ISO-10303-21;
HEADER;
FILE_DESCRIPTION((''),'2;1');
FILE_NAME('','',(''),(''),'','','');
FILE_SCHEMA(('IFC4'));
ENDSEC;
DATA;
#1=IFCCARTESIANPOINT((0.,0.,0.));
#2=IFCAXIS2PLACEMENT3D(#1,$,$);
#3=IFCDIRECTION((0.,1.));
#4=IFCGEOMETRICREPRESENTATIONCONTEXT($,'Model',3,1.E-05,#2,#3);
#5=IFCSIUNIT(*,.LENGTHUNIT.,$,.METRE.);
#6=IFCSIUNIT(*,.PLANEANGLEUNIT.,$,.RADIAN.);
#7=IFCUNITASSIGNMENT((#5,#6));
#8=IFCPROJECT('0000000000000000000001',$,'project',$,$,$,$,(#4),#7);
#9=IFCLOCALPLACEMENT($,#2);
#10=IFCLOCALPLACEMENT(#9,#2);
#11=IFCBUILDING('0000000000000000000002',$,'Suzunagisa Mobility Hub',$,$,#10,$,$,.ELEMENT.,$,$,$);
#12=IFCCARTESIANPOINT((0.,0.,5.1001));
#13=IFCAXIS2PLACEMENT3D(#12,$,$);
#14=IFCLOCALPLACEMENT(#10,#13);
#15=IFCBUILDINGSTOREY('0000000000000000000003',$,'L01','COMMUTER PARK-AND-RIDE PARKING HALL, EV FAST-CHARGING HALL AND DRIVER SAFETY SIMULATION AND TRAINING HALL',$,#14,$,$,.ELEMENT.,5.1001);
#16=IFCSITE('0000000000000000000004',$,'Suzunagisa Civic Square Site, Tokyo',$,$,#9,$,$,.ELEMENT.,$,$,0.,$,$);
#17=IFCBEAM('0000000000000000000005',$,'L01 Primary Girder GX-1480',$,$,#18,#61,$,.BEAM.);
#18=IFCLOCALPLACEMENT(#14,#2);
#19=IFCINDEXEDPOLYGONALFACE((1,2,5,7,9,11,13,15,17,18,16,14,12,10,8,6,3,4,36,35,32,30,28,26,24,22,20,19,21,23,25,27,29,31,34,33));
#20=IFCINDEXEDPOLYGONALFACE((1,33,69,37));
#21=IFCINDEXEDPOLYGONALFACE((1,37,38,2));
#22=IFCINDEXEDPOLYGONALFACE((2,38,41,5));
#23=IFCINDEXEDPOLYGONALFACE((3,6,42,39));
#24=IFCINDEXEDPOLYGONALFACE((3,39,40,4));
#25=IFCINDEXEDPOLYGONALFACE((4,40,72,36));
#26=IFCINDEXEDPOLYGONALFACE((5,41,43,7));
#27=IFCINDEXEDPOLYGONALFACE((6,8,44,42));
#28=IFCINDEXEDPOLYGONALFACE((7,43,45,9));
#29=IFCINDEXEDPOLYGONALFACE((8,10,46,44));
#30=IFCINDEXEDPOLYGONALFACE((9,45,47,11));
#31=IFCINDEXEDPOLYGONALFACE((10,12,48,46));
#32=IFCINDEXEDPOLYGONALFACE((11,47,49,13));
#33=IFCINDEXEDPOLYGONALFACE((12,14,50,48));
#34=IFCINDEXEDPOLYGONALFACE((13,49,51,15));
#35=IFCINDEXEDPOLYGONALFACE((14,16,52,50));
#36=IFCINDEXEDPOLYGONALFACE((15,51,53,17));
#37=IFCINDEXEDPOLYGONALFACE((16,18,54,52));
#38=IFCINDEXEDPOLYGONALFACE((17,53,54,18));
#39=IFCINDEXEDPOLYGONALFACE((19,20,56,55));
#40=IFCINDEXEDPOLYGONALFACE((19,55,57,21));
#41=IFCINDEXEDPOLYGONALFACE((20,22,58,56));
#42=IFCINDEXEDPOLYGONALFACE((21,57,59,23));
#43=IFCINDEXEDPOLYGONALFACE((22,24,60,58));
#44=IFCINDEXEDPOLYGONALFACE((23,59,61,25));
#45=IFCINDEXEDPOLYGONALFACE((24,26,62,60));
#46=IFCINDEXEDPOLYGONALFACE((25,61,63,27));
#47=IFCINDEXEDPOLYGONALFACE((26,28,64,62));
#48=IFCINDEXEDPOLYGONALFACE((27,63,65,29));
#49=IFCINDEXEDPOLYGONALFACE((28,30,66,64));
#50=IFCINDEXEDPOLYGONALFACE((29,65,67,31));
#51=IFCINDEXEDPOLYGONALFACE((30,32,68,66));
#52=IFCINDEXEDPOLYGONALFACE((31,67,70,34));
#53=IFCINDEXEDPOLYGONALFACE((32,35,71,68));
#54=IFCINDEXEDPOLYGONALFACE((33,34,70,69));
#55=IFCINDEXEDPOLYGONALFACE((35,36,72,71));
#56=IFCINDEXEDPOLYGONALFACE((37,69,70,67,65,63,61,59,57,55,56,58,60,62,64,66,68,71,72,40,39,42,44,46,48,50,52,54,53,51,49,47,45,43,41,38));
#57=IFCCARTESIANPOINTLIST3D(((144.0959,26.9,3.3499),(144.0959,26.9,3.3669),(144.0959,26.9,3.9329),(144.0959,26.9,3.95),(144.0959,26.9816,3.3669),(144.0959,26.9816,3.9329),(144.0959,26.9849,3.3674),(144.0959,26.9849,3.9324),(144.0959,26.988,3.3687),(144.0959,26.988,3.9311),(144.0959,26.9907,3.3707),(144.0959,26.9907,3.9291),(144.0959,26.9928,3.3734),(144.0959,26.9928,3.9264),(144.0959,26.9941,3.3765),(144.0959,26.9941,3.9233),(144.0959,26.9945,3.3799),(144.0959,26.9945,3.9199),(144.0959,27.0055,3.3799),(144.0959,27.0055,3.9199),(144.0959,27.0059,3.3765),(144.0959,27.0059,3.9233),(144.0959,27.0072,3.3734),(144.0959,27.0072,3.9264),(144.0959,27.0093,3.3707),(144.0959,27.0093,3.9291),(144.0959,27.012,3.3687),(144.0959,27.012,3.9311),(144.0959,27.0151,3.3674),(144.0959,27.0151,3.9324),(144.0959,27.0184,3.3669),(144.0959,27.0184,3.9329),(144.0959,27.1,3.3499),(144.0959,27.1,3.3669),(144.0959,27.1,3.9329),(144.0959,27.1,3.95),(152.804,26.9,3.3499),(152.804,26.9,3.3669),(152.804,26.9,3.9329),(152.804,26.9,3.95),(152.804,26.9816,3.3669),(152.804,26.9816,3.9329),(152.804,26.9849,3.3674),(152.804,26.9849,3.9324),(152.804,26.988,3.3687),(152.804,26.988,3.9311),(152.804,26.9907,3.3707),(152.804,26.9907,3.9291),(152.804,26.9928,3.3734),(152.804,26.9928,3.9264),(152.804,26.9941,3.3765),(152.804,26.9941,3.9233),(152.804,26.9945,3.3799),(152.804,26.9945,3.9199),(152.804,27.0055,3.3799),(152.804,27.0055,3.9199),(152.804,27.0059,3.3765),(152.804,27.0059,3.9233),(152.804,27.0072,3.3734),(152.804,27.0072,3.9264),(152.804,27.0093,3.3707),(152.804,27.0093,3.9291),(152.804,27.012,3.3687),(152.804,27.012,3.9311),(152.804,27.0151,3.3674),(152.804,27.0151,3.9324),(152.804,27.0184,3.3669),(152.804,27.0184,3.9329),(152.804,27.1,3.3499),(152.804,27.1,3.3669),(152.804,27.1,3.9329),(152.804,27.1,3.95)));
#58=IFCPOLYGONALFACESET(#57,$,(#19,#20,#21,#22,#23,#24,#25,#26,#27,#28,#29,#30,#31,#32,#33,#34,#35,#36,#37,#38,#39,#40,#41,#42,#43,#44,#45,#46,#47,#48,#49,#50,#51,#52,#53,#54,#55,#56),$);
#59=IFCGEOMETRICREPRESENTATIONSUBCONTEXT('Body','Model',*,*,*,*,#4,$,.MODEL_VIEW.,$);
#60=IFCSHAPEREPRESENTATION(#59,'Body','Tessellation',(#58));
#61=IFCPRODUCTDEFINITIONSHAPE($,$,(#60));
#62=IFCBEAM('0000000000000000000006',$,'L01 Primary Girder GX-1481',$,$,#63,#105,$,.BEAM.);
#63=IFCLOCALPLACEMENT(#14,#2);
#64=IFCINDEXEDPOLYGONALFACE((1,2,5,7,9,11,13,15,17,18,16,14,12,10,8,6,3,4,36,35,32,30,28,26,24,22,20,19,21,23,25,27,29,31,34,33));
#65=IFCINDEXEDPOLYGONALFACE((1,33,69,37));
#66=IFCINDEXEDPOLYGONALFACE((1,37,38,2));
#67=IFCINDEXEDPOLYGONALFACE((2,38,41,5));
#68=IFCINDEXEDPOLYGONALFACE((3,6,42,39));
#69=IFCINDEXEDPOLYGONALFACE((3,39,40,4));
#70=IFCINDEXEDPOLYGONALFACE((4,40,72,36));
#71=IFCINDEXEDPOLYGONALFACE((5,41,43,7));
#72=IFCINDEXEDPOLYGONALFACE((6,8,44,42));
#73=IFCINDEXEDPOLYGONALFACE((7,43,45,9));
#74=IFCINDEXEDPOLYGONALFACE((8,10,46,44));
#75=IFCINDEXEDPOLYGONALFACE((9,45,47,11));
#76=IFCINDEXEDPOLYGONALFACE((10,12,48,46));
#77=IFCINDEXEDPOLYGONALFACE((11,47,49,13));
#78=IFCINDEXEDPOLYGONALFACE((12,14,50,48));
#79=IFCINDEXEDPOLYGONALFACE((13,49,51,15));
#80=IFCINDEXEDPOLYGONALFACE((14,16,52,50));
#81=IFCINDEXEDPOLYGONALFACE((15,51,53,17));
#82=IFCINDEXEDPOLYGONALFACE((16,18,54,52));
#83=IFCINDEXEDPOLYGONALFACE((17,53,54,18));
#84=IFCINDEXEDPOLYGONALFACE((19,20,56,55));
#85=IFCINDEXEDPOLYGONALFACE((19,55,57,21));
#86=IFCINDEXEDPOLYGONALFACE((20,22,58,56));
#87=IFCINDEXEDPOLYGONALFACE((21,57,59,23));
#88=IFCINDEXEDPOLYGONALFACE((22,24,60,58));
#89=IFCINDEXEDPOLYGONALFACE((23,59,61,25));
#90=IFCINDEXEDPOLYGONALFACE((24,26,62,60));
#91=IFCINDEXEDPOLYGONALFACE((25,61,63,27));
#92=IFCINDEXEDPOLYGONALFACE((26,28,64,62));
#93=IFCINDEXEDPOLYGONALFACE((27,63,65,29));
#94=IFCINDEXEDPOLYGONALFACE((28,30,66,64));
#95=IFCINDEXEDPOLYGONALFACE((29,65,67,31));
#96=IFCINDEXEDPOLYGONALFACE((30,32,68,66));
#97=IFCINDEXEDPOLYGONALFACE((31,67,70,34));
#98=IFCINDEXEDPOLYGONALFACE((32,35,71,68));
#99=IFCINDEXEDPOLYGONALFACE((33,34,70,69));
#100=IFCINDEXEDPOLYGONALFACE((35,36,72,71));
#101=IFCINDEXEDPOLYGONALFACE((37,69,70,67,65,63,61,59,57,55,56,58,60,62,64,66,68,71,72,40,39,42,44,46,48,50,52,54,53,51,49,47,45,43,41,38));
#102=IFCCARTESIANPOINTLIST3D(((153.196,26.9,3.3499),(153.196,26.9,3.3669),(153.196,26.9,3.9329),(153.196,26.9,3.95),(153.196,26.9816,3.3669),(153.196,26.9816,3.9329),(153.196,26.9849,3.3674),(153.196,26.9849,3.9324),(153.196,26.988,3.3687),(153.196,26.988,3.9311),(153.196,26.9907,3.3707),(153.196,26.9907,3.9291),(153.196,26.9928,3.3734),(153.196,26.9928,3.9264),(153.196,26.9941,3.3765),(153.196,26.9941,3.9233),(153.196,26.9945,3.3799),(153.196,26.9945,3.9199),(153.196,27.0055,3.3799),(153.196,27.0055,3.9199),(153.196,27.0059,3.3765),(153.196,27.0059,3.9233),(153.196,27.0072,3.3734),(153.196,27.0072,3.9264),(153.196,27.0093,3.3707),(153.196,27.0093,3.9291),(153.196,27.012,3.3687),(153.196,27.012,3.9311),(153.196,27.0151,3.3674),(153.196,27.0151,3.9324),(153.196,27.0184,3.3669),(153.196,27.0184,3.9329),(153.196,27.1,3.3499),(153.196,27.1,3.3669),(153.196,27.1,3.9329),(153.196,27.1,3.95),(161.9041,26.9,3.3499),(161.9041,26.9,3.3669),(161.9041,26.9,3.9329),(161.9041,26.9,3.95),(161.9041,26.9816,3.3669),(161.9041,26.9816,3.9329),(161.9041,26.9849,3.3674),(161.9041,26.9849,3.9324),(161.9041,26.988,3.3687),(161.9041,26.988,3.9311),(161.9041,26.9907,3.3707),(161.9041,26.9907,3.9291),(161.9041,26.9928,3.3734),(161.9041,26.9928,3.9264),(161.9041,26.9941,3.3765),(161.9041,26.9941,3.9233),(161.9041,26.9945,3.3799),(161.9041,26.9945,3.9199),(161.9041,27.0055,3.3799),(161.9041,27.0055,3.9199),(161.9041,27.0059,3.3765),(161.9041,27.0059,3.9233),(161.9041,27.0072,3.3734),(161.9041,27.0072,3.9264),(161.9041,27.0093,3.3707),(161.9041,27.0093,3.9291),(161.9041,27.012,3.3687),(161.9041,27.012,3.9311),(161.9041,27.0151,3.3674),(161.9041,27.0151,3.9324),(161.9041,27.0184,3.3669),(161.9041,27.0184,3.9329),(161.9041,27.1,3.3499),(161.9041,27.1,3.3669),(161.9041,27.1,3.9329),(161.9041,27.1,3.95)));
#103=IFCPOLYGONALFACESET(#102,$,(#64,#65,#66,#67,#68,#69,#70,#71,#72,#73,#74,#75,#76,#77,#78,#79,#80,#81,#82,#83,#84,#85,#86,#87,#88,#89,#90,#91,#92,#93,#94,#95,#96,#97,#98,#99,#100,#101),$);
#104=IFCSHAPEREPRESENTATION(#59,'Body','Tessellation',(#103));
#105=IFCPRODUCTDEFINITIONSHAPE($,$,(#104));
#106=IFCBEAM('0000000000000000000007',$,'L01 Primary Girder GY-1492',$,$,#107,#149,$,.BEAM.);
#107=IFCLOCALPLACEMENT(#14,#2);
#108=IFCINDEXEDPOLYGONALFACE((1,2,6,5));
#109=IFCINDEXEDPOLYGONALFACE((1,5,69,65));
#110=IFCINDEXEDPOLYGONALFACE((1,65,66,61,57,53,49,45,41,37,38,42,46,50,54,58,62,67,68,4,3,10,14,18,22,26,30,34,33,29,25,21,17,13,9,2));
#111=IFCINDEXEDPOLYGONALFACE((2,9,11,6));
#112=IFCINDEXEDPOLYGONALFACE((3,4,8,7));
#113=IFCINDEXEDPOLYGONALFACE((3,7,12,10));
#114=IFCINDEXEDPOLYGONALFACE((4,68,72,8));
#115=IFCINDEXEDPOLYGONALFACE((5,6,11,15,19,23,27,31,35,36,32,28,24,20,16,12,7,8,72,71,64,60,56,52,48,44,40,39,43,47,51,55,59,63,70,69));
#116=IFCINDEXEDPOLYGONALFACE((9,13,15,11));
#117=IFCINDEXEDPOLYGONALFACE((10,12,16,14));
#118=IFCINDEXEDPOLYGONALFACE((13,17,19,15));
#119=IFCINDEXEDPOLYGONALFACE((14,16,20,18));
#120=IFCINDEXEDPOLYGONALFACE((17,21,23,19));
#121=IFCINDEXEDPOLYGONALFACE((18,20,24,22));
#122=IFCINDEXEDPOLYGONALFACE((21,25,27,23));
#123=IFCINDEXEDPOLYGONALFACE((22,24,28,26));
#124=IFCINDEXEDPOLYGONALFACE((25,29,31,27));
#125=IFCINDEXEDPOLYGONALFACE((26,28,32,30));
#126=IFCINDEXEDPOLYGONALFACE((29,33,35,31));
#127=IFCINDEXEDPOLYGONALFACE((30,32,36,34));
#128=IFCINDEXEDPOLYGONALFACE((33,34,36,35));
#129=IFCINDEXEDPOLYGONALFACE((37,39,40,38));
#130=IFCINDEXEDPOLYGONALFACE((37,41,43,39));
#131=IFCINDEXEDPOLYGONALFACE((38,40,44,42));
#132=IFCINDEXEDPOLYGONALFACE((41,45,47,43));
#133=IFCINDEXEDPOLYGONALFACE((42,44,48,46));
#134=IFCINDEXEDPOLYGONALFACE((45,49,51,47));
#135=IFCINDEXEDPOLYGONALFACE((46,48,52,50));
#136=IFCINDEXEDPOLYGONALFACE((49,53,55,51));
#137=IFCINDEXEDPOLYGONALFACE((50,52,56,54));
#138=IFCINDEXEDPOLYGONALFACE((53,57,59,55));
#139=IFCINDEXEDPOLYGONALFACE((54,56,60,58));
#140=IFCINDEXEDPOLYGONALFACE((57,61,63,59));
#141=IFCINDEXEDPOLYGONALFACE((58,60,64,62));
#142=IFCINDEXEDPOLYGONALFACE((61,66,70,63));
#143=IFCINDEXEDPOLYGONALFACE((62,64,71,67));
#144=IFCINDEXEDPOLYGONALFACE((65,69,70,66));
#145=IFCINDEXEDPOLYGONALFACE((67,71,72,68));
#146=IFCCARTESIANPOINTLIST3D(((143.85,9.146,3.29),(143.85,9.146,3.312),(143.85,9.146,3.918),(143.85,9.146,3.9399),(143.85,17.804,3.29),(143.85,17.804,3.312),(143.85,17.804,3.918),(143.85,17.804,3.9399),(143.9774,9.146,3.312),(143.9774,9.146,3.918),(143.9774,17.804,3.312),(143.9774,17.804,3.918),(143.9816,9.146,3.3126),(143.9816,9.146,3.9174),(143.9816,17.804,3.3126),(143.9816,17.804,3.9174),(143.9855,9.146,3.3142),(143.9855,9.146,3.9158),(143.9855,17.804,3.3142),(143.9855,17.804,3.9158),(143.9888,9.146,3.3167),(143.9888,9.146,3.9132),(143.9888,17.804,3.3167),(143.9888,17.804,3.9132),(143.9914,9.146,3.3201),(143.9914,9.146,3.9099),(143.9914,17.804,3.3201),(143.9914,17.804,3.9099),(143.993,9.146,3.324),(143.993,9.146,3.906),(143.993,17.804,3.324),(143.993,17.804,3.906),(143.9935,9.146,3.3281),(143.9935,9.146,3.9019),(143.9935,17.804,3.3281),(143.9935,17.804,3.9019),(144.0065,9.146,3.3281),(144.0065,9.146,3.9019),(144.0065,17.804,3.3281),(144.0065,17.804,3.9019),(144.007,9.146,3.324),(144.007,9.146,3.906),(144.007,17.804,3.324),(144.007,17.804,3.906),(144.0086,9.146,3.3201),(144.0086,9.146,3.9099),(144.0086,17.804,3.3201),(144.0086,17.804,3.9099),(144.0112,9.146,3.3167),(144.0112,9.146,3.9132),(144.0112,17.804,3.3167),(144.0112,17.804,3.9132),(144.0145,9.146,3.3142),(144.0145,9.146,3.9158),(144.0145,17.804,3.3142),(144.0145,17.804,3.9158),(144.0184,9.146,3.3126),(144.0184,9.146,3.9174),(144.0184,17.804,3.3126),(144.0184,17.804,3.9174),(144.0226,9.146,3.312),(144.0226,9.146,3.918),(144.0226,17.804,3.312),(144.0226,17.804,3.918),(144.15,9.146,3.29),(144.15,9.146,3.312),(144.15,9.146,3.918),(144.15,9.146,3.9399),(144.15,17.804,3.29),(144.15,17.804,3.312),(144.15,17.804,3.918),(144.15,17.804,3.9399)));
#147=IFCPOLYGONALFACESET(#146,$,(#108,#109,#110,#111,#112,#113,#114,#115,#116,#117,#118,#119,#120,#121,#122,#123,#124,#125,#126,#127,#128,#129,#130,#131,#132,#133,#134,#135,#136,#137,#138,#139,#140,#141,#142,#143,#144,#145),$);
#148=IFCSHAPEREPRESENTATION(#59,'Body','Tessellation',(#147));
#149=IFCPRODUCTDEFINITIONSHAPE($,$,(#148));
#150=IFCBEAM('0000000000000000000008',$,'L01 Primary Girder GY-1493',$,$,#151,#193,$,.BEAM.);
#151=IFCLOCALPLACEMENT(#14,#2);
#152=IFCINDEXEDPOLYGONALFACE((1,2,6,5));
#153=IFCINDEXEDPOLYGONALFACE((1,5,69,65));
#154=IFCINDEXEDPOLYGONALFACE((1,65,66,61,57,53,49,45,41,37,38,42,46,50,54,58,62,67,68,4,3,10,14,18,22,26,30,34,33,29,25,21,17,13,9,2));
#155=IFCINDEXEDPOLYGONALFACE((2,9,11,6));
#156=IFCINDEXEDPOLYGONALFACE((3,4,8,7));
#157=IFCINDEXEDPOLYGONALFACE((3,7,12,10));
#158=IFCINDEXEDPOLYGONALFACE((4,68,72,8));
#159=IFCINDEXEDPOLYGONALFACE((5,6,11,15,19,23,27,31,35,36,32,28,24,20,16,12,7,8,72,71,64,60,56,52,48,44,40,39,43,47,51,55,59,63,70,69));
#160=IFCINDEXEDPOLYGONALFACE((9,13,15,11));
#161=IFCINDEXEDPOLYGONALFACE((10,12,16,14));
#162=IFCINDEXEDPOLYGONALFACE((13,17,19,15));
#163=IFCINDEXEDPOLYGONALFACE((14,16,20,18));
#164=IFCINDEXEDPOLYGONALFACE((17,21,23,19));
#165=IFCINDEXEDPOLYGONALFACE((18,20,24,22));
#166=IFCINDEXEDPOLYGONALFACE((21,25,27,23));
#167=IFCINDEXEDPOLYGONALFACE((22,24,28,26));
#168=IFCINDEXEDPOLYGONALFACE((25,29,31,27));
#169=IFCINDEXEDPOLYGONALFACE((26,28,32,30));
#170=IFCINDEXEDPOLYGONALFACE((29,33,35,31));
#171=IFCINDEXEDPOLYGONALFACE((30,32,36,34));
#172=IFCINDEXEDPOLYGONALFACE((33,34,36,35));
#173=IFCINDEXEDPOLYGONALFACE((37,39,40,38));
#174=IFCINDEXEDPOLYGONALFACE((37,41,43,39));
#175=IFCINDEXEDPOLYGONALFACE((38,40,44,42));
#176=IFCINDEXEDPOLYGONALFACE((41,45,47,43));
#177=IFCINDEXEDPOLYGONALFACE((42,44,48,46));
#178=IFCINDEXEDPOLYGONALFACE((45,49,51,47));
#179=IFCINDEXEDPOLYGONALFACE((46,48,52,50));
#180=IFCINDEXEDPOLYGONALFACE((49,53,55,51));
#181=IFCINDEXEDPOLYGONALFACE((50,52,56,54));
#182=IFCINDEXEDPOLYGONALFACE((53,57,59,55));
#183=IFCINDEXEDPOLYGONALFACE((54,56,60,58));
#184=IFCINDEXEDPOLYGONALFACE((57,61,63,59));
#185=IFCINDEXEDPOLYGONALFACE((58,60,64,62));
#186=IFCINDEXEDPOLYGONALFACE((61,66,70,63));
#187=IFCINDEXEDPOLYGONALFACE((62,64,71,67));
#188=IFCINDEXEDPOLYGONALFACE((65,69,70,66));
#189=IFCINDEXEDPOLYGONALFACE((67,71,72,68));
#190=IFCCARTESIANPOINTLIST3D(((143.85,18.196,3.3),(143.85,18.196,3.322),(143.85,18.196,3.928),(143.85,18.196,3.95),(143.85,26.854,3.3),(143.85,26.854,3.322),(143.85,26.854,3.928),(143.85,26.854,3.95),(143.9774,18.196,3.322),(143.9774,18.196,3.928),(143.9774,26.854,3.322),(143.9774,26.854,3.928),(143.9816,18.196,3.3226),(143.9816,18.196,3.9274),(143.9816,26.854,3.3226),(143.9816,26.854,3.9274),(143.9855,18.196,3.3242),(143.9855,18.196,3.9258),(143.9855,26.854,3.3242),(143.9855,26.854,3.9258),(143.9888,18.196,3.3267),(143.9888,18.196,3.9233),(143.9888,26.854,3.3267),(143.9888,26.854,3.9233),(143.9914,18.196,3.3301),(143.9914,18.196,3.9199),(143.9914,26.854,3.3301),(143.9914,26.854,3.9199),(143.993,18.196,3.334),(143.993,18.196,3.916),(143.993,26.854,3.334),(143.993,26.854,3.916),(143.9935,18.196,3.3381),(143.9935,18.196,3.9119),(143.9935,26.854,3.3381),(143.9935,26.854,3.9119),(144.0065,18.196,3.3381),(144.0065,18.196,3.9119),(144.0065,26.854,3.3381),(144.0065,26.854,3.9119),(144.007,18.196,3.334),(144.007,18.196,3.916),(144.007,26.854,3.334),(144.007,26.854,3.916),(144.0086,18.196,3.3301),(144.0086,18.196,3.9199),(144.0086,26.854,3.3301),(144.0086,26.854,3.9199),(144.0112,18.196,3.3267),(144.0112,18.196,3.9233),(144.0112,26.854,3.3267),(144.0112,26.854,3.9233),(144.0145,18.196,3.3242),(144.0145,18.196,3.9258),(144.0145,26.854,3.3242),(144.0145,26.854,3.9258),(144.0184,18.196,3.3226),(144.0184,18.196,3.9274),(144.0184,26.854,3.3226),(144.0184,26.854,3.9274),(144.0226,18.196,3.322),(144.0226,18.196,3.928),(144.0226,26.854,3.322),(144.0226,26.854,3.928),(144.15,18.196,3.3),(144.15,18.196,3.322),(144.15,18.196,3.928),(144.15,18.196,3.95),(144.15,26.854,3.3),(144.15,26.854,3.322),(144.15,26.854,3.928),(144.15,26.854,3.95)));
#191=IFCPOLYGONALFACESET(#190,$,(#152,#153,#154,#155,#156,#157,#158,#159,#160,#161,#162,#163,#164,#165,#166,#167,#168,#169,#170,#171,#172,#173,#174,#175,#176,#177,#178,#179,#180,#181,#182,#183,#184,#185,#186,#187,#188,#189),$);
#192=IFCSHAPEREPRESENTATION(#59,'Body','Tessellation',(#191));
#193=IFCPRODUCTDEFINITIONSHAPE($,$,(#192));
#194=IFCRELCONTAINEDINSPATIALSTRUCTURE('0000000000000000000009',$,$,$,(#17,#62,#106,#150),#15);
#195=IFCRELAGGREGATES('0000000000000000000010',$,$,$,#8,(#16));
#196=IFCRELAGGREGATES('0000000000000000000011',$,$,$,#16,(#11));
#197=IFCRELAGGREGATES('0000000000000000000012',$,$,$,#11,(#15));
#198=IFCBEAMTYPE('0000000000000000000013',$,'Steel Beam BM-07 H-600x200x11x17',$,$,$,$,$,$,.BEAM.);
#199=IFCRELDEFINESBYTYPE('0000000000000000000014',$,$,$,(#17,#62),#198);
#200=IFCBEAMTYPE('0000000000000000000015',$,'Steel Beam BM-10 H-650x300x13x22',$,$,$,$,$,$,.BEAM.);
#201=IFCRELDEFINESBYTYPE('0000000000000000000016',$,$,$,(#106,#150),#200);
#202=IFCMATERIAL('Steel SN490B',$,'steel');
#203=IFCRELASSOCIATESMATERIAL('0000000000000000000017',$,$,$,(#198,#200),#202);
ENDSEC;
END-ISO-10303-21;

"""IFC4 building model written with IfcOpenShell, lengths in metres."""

from ifc_helpers import new_model, si_unit, direction, frame, origin, origin_2d, place, context, subcontext, project, spatial, i_section, extrude, material, material_profile, profile_set, type_object, element, save


model = new_model("IFC4")

# Units and contexts
model_context = context("Model", 3, precision=1e-05, world=origin(), true_north=direction((0.0, 1.0)))
body_context = subcontext(model_context, "Body", "Model", "MODEL_VIEW")
ifc_project = project(units=[si_unit("LENGTHUNIT", "METRE"), si_unit("PLANEANGLEUNIT", "RADIAN")], contexts=[model_context])

# Site, building, storey
site_placement = place(None, origin())
site = spatial("IfcSite", under=ifc_project, at=site_placement, Name="Suzunagisa Civic Square Site, Tokyo", CompositionType="ELEMENT", RefElevation=0.0)
building_placement = place(site_placement, origin())
building = spatial("IfcBuilding", under=site, at=building_placement, Name="Suzunagisa Mobility Hub", CompositionType="ELEMENT")
storey_placement = place(building_placement, frame((0.0, 0.0, 5.1001)))
storey = spatial("IfcBuildingStorey", under=building, at=storey_placement, Name="L01", Description="COMMUTER PARK-AND-RIDE PARKING HALL, EV FAST-CHARGING HALL AND DRIVER SAFETY SIMULATION AND TRAINING HALL", CompositionType="ELEMENT", Elevation=5.1001)

# Shared definitions
ifc_material_1 = material(Name="Steel SN490B", Category="steel")

# Beams
ifc_material_profile_1 = material_profile(ifc_material_1, i_section(OverallWidth=0.2, OverallDepth=0.6001, WebThickness=0.011, FlangeThickness=0.0171, FilletRadius=0.0129, at=origin_2d()), Name="H-600x200x11x17")
ifc_profile_set_1 = profile_set([ifc_material_profile_1], Name="Steel SN490B")
beam_type_1 = type_object("IfcBeamType", Name="Steel Beam BM-07 H-600x200x11x17", PredefinedType="BEAM", material=ifc_profile_set_1)
for number, where, z_axis, x_axis, name in (
    (1, (144.0959, 27.0, 3.6499), (1.0, 0.0, 0.0), (0.0, 1.0, 0.0), "L01 Primary Girder GX-1480"),
    (2, (153.196, 27.0, 3.6499), (1.0, 0.0, 0.0), (0.0, 1.0, 0.0), "L01 Primary Girder GX-1481"),
):
    element("IfcBeam", number, at=place(storey_placement, frame(where, z_axis=z_axis, x_axis=x_axis)), inside=storey, type_object=beam_type_1, Name=name, PredefinedType="BEAM", context=body_context, shape_type="SweptSolid", body=[
        extrude(i_section(OverallWidth=0.2, OverallDepth=0.6001, WebThickness=0.011, FlangeThickness=0.0171, FilletRadius=0.0129, at=origin_2d()), origin(), (0.0, 0.0, 1.0), 8.708),
    ])
ifc_material_profile_2 = material_profile(ifc_material_1, i_section(OverallWidth=0.3, OverallDepth=0.6499, WebThickness=0.0129, FlangeThickness=0.022, FilletRadius=0.0161, at=origin_2d()), Name="H-650x300x13x22")
ifc_profile_set_2 = profile_set([ifc_material_profile_2], Name="Steel SN490B")
beam_type_2 = type_object("IfcBeamType", Name="Steel Beam BM-10 H-650x300x13x22", PredefinedType="BEAM", material=ifc_profile_set_2)
for number, where, z_axis, x_axis, name in (
    (3, (144.0, 9.146, 3.615), (0.0, 1.0, 0.0), (-1.0, 0.0, 0.0), "L01 Primary Girder GY-1492"),
    (4, (144.0, 18.196, 3.625), (0.0, 1.0, 0.0), (-1.0, 0.0, 0.0), "L01 Primary Girder GY-1493"),
):
    element("IfcBeam", number, at=place(storey_placement, frame(where, z_axis=z_axis, x_axis=x_axis)), inside=storey, type_object=beam_type_2, Name=name, PredefinedType="BEAM", context=body_context, shape_type="SweptSolid", body=[
        extrude(i_section(OverallWidth=0.3, OverallDepth=0.6499, WebThickness=0.0129, FlangeThickness=0.022, FilletRadius=0.0161, at=origin_2d()), origin(), (0.0, 0.0, 1.0), 8.658),
    ])

save(model, "model.ifc")
